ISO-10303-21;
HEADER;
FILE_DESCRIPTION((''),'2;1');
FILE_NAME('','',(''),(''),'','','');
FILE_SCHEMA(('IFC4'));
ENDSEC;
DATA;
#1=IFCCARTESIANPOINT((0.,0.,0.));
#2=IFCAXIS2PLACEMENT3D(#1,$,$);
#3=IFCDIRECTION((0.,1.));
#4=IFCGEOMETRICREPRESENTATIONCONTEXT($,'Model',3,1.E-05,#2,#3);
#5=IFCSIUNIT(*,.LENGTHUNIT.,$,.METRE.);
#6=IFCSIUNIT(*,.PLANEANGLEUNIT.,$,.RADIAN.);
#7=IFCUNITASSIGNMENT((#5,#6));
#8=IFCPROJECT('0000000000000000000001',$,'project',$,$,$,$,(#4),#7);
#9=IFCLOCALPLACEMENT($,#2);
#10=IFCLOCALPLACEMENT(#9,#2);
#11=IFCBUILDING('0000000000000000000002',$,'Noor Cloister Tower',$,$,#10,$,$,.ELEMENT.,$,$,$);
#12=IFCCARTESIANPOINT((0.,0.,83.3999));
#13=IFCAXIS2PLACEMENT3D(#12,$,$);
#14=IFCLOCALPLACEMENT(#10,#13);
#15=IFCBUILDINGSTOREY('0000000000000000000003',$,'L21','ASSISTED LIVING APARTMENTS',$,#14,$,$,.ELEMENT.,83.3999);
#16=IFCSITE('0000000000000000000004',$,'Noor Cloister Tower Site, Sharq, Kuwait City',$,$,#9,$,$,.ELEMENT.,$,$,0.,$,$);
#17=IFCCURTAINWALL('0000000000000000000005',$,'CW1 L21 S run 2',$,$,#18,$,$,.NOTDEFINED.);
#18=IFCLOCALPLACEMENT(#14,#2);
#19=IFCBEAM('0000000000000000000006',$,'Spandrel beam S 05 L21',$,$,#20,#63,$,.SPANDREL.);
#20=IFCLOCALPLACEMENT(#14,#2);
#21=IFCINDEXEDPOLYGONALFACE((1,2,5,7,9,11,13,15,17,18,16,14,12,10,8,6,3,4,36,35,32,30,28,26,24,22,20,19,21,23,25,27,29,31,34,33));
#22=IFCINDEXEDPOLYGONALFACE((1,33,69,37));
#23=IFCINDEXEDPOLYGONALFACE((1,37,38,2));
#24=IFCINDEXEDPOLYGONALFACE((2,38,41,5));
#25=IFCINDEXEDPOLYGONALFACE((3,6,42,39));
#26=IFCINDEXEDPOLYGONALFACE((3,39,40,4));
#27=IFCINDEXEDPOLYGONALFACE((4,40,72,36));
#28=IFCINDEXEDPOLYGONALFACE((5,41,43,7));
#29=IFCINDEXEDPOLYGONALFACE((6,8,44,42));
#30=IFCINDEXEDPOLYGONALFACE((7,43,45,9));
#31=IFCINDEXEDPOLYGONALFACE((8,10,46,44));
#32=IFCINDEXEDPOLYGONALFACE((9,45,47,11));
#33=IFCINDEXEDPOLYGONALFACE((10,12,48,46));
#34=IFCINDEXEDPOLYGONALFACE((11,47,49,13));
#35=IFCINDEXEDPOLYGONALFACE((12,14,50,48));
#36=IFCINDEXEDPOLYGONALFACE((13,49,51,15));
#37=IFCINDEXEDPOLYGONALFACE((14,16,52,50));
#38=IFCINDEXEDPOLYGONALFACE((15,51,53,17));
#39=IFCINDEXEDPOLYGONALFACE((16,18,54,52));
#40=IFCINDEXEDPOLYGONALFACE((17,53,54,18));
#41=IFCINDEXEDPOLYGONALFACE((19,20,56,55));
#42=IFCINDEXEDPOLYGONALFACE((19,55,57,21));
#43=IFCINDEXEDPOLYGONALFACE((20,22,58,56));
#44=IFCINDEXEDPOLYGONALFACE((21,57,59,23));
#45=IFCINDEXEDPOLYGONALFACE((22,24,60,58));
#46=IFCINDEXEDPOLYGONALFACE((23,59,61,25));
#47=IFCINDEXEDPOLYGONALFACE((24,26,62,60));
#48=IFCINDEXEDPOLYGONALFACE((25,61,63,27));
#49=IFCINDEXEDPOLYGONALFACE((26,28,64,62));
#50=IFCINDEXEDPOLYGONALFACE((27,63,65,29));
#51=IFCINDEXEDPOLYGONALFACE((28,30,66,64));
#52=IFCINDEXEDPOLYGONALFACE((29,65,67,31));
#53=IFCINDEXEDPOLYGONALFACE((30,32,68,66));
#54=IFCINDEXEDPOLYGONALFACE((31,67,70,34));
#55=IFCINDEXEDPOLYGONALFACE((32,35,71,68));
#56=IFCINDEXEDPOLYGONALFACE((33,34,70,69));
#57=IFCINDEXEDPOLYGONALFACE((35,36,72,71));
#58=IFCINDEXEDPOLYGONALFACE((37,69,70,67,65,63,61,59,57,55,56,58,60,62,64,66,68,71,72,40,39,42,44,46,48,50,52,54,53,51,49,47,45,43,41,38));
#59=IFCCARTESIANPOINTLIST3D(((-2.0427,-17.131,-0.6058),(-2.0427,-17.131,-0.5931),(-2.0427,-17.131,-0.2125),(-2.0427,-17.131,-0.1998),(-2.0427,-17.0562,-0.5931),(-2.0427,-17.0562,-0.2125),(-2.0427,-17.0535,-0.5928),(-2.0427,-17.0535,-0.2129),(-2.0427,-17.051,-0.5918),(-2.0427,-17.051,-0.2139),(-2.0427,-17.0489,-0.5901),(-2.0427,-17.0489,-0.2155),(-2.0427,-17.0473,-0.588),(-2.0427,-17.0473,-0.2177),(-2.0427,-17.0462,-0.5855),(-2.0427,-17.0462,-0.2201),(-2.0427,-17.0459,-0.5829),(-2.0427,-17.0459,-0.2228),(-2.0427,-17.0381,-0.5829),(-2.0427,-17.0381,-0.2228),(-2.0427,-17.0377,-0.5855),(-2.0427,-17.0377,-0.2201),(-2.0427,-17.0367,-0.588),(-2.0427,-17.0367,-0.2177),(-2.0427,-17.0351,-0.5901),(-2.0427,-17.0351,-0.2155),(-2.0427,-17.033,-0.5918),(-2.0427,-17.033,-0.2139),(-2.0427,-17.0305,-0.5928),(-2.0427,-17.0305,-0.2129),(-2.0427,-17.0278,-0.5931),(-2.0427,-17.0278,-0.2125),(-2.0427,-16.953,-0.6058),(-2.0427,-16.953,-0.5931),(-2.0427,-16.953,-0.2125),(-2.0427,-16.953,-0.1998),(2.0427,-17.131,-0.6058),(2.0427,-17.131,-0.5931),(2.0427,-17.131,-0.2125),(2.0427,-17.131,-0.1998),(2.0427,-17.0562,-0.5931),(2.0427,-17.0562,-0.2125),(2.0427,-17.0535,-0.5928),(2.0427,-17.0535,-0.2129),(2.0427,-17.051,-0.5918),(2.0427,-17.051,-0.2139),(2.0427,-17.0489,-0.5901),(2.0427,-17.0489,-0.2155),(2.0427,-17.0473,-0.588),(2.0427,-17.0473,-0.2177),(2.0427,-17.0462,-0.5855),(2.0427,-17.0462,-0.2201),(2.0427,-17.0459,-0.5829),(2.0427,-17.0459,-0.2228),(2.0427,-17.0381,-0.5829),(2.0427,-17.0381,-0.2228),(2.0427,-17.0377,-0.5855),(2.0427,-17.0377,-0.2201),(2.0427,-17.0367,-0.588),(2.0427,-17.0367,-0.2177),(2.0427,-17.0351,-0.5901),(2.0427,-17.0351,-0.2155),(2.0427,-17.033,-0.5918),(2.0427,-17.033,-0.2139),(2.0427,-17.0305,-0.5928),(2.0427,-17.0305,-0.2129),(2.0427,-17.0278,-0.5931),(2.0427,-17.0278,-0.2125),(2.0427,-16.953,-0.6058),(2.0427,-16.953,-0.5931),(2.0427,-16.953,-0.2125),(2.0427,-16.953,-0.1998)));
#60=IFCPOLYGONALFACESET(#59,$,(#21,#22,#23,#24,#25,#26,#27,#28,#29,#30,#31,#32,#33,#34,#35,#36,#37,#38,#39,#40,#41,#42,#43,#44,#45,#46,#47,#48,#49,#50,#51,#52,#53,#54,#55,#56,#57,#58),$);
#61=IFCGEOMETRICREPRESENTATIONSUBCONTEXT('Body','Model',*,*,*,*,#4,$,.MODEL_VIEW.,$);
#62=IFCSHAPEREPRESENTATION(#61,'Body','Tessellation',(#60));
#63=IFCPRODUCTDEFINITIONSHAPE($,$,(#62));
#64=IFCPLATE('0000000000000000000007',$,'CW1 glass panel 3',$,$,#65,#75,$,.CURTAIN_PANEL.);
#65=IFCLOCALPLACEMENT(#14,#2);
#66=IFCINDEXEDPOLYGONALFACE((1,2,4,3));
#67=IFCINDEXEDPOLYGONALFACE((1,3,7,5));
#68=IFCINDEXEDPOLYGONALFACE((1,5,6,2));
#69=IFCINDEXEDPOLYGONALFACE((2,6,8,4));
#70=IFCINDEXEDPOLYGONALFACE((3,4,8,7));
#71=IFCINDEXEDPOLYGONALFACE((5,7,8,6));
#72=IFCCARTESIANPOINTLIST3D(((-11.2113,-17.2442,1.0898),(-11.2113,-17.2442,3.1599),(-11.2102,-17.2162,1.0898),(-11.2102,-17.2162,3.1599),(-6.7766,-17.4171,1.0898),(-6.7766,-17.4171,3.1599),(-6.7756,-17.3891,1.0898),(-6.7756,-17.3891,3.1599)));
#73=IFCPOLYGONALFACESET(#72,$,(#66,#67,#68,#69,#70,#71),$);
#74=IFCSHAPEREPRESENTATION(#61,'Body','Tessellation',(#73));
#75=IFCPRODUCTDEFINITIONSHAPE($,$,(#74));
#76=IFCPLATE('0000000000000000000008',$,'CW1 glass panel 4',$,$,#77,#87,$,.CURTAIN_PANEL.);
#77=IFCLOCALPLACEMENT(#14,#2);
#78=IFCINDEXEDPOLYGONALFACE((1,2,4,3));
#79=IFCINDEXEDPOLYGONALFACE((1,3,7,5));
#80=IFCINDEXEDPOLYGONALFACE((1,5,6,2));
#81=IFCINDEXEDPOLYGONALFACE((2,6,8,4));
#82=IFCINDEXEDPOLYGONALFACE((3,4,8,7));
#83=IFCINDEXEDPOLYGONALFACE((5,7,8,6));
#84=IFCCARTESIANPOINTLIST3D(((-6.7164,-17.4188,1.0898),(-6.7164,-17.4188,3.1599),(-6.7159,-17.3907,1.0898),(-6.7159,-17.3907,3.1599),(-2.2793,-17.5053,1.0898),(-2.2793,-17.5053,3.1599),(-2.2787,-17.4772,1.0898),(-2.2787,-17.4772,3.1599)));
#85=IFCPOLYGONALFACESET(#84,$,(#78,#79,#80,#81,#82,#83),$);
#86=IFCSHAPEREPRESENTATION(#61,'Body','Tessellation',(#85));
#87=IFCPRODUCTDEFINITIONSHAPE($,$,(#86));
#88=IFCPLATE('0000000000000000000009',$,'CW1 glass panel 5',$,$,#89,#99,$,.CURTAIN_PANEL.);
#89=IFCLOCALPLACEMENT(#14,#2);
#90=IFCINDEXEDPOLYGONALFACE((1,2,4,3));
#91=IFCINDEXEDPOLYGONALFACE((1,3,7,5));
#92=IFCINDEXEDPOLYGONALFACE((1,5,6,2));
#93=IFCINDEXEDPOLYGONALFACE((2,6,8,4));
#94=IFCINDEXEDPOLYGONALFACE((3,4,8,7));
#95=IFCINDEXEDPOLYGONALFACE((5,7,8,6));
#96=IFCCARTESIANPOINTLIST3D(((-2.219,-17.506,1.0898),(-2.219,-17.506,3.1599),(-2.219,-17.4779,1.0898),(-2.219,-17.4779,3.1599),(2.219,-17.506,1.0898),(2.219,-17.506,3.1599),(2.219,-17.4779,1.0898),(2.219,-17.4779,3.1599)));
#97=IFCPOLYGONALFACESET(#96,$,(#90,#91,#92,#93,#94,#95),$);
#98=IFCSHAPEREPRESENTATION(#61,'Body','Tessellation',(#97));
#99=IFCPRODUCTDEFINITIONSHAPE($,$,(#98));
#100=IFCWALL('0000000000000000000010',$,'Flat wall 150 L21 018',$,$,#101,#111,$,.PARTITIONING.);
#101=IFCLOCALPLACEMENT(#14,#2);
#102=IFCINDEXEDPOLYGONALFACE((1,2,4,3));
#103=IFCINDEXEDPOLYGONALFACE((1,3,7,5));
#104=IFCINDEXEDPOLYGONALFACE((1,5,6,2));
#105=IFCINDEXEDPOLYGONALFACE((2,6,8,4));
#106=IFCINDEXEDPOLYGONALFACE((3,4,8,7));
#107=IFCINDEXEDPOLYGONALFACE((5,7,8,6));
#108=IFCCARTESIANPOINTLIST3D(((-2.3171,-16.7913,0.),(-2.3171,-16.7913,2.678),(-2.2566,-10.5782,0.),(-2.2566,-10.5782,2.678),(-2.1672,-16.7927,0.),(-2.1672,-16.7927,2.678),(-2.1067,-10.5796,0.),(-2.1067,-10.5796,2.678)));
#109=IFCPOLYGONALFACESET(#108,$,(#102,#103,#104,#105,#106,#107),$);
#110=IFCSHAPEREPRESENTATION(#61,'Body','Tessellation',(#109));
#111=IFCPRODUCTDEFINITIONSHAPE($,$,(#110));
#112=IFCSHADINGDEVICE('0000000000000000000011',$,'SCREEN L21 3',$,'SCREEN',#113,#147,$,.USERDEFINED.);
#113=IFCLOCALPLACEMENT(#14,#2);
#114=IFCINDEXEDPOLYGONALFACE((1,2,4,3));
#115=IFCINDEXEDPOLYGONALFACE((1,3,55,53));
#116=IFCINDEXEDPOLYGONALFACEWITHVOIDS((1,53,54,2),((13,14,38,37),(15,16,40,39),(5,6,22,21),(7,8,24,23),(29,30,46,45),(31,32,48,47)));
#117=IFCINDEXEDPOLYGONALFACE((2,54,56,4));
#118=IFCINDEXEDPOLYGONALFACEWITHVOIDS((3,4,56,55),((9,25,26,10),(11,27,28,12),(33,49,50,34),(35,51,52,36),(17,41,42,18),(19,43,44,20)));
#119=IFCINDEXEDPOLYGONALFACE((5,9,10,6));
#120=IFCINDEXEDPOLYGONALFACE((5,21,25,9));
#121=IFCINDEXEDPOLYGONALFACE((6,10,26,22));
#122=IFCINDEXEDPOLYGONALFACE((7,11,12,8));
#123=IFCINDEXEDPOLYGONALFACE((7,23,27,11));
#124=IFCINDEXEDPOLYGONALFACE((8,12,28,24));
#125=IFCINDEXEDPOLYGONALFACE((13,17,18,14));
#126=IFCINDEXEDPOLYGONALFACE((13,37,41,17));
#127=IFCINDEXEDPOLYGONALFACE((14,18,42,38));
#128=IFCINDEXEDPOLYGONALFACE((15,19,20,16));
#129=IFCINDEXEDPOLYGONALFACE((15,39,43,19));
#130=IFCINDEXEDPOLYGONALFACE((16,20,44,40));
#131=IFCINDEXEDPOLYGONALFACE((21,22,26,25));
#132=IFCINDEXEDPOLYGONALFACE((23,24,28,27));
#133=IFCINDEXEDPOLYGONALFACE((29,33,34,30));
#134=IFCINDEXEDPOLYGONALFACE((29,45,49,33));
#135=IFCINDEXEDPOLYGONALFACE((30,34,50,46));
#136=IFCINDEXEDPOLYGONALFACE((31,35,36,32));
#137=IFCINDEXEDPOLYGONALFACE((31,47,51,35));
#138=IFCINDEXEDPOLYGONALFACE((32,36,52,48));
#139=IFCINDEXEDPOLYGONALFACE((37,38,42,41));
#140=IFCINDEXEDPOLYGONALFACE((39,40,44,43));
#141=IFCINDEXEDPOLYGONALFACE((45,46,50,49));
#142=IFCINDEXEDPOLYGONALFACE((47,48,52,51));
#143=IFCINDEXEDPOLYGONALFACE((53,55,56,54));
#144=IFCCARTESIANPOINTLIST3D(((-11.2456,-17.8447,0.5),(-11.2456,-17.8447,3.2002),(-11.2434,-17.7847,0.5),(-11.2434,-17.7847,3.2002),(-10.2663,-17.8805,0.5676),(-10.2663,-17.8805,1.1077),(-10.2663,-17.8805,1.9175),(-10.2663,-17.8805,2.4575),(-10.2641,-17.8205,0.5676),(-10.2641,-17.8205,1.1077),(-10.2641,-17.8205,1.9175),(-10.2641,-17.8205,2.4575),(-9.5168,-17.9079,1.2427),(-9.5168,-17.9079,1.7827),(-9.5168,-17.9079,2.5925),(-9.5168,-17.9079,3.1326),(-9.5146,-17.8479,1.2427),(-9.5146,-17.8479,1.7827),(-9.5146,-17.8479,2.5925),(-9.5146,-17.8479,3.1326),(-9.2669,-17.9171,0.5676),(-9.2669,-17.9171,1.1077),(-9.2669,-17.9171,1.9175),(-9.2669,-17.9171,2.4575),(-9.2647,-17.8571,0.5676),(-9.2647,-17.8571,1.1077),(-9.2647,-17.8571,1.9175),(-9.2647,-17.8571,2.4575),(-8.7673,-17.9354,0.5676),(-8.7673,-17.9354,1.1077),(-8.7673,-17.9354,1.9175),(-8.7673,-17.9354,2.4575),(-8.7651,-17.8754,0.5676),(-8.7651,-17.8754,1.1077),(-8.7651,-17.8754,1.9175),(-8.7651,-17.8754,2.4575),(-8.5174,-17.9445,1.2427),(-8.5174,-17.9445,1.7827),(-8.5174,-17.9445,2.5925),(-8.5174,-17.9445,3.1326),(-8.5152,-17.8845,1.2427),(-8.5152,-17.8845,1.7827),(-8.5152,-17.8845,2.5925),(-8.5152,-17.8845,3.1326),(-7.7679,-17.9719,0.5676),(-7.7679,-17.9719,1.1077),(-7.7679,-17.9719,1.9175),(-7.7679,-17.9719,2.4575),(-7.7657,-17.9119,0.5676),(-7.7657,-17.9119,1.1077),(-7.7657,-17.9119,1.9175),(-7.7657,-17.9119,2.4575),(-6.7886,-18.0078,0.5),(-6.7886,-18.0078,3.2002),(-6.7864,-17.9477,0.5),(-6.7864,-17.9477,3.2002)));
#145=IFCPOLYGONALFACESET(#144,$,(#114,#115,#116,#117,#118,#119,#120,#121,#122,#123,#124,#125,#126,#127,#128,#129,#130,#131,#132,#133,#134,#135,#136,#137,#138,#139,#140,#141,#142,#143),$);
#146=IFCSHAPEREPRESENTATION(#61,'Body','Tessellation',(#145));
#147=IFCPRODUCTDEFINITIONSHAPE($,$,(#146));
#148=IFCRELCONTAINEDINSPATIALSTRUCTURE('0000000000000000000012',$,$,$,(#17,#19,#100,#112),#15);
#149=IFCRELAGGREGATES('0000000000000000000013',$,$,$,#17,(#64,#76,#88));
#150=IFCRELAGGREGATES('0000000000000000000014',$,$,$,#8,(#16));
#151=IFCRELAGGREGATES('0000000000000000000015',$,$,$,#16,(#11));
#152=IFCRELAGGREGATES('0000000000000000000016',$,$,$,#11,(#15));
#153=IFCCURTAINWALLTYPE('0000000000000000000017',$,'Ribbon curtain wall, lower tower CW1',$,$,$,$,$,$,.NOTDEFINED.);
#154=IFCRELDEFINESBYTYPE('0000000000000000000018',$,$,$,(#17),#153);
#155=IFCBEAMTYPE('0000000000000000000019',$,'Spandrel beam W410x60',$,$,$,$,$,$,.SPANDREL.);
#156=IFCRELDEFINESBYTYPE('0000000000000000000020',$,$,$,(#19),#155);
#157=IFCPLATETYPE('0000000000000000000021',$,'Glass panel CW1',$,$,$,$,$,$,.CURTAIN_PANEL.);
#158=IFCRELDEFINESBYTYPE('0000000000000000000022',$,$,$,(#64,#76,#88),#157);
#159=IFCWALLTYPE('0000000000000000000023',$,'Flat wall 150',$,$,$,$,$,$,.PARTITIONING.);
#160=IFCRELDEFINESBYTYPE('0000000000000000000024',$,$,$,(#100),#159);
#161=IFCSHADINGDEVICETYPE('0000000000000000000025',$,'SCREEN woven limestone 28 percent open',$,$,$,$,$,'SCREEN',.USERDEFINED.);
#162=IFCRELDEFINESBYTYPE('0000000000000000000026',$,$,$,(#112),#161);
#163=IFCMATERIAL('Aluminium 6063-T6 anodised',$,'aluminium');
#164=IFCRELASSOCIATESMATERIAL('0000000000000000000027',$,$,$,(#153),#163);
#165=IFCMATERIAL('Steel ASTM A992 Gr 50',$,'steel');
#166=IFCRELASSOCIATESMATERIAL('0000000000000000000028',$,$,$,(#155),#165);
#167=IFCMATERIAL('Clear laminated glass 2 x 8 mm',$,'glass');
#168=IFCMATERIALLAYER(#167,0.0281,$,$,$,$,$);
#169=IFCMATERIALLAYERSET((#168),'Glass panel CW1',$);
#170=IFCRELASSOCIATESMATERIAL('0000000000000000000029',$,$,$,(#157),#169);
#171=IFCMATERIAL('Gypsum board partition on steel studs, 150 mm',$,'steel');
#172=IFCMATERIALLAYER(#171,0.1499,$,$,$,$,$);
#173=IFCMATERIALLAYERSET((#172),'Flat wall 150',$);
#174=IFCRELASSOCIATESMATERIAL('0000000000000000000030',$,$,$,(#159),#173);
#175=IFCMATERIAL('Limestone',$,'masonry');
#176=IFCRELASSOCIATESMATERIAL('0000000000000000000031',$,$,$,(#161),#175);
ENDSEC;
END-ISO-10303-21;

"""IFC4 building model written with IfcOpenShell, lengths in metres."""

from ifc_helpers import new_model, si_unit, direction, frame, frame_2d, origin, origin_2d, place, context, subcontext, project, spatial, polyline, rectangle, i_section, outline, extrude, material, layer, layer_set, material_profile, profile_set, type_object, element, aggregate, save


model = new_model("IFC4")

# Units and contexts
model_context = context("Model", 3, precision=1e-05, world=origin(), true_north=direction((0.0, 1.0)))
body_context = subcontext(model_context, "Body", "Model", "MODEL_VIEW")
ifc_project = project(units=[si_unit("LENGTHUNIT", "METRE"), si_unit("PLANEANGLEUNIT", "RADIAN")], contexts=[model_context])

# Site, building, storey
site_placement = place(None, origin())
site = spatial("IfcSite", under=ifc_project, at=site_placement, Name="Noor Cloister Tower Site, Sharq, Kuwait City", CompositionType="ELEMENT", RefElevation=0.0)
building_placement = place(site_placement, origin())
building = spatial("IfcBuilding", under=site, at=building_placement, Name="Noor Cloister Tower", CompositionType="ELEMENT")
storey_placement = place(building_placement, frame((0.0, 0.0, 83.3999)))
storey = spatial("IfcBuildingStorey", under=building, at=storey_placement, Name="L21", Description="ASSISTED LIVING APARTMENTS", CompositionType="ELEMENT", Elevation=83.3999)

# Curtain wall
ifc_material_1 = material(Name="Aluminium 6063-T6 anodised", Category="aluminium")
curtain_wall_type = type_object("IfcCurtainWallType", Name="Ribbon curtain wall, lower tower CW1", PredefinedType="NOTDEFINED", material=ifc_material_1)
curtain_wall_placement = place(storey_placement, origin())
curtain_wall = element("IfcCurtainWall", 1, at=curtain_wall_placement, inside=storey, type_object=curtain_wall_type, Name="CW1 L21 S run 2", PredefinedType="NOTDEFINED")

# Beam
ifc_material_2 = material(Name="Steel ASTM A992 Gr 50", Category="steel")
ifc_material_profile_1 = material_profile(ifc_material_2, i_section(OverallWidth=0.178, OverallDepth=0.406, WebThickness=0.0078, FlangeThickness=0.0127, FilletRadius=0.0103, at=origin_2d()), Name="W410x60")
ifc_profile_set_1 = profile_set([ifc_material_profile_1], Name="Steel ASTM A992 Gr 50")
beam_type_1 = type_object("IfcBeamType", Name="Spandrel beam W410x60", PredefinedType="SPANDREL", material=ifc_profile_set_1)
beam_1_placement = place(storey_placement, frame((-2.0427, -17.042, -0.4028), z_axis=(1.0, 0.0, 0.0), x_axis=(0.0, 1.0, 0.0)))
element("IfcBeam", 2, at=beam_1_placement, inside=storey, type_object=beam_type_1, Name="Spandrel beam S 05 L21", PredefinedType="SPANDREL", context=body_context, shape_type="SweptSolid", body=[
    extrude(i_section(OverallWidth=0.178, OverallDepth=0.406, WebThickness=0.0078, FlangeThickness=0.0127, FilletRadius=0.0103, at=origin_2d()), origin(), (0.0, 0.0, 1.0), 4.0854),
])

# Plates
ifc_material_3 = material(Name="Clear laminated glass 2 x 8 mm", Category="glass")
ifc_layer_1 = layer(ifc_material_3, 0.0281)
ifc_layer_set_1 = layer_set([ifc_layer_1], Name="Glass panel CW1")
plate_type = type_object("IfcPlateType", Name="Glass panel CW1", PredefinedType="CURTAIN_PANEL", material=ifc_layer_set_1)
plate_1_placement = place(storey_placement, frame((-8.9934, -17.3167, 1.0898), z_axis=(0.0, 0.0, 1.0), x_axis=(0.999241, -0.03895, 0.0)))
plate_1 = element("IfcPlate", 3, at=plate_1_placement, type_object=plate_type, Name="CW1 glass panel 3", PredefinedType="CURTAIN_PANEL", context=body_context, shape_type="SweptSolid", body=[
    extrude(rectangle(XDim=4.438, YDim=0.0281, at=origin_2d()), origin(), (0.0, 0.0, 1.0), 2.0701),
])
plate_2_placement = place(storey_placement, frame((-4.4976, -17.448, 1.0898), z_axis=(0.0, 0.0, 1.0), x_axis=(0.99981, -0.019479, 0.0)))
plate_2 = element("IfcPlate", 4, at=plate_2_placement, type_object=plate_type, Name="CW1 glass panel 4", PredefinedType="CURTAIN_PANEL", context=body_context, shape_type="SweptSolid", body=[
    extrude(rectangle(XDim=4.438, YDim=0.0281, at=origin_2d()), origin(), (0.0, 0.0, 1.0), 2.0701),
])
plate_3_placement = place(storey_placement, frame((0.0, -17.4919, 1.0898), z_axis=(0.0, 0.0, 1.0), x_axis=(1.0, 0.0, 0.0)))
plate_3 = element("IfcPlate", 5, at=plate_3_placement, type_object=plate_type, Name="CW1 glass panel 5", PredefinedType="CURTAIN_PANEL", context=body_context, shape_type="SweptSolid", body=[
    extrude(rectangle(XDim=4.438, YDim=0.0281, at=origin_2d()), origin(), (0.0, 0.0, 1.0), 2.0701),
])
aggregate(curtain_wall, [plate_1, plate_2, plate_3])

# Wall
ifc_material_4 = material(Name="Gypsum board partition on steel studs, 150 mm", Category="steel")
ifc_layer_2 = layer(ifc_material_4, 0.1499)
ifc_layer_set_2 = layer_set([ifc_layer_2], Name="Flat wall 150")
wall_type = type_object("IfcWallType", Name="Flat wall 150", PredefinedType="PARTITIONING", material=ifc_layer_set_2)
wall_placement = place(storey_placement, frame((-2.2422, -16.792, 0.0), z_axis=(0.0, 0.0, 1.0), x_axis=(0.009745, 0.999953, 0.0)))
element("IfcWall", 6, at=wall_placement, inside=storey, type_object=wall_type, Name="Flat wall 150 L21 018", PredefinedType="PARTITIONING", context=body_context, shape_type="SweptSolid", body=[
    extrude(rectangle(XDim=6.2134, YDim=0.1499, at=frame_2d((3.1067, 0.0))), origin(), (0.0, 0.0, 1.0), 2.678),
])

# Shading device
ifc_material_5 = material(Name="Limestone", Category="masonry")
ifc_material_profile_2 = material_profile(ifc_material_5, outline(polyline([(-2.23, -1.3501), (2.23, -1.3501), (2.23, 1.3501), (-2.23, 1.3501), (-2.23, -1.3501)]), holes=[polyline([(-1.25, -1.2825), (-0.25, -1.2825), (-0.25, -0.7424), (-1.25, -0.7424), (-1.25, -1.2825)]), polyline([(0.25, -1.2825), (1.25, -1.2825), (1.25, -0.7424), (0.25, -0.7424), (0.25, -1.2825)]), polyline([(-0.5, -0.6074), (0.5, -0.6074), (0.5, -0.0674), (-0.5, -0.0674), (-0.5, -0.6074)]), polyline([(-1.25, 0.0674), (-0.25, 0.0674), (-0.25, 0.6074), (-1.25, 0.6074), (-1.25, 0.0674)]), polyline([(0.25, 0.0674), (1.25, 0.0674), (1.25, 0.6074), (0.25, 0.6074), (0.25, 0.0674)]), polyline([(-0.5, 0.7424), (0.5, 0.7424), (0.5, 1.2825), (-0.5, 1.2825), (-0.5, 0.7424)])]), Name="Woven screen 28 percent open")
ifc_profile_set_2 = profile_set([ifc_material_profile_2], Name="Limestone")
shading_device_type = type_object("IfcShadingDeviceType", Name="SCREEN woven limestone 28 percent open", ElementType="SCREEN", PredefinedType="USERDEFINED", material=ifc_profile_set_2)
shading_device_placement = place(storey_placement, frame((-9.0149, -17.8662, 1.8501), z_axis=(-0.036561, -0.999331, 0.0), x_axis=(0.999331, -0.036561, 0.0)))
element("IfcShadingDevice", 7, at=shading_device_placement, inside=storey, type_object=shading_device_type, Name="SCREEN L21 3", ObjectType="SCREEN", PredefinedType="USERDEFINED", context=body_context, shape_type="SweptSolid", body=[
    extrude(outline(polyline([(-2.23, -1.3501), (2.23, -1.3501), (2.23, 1.3501), (-2.23, 1.3501), (-2.23, -1.3501)]), holes=[polyline([(-1.25, -1.2825), (-0.25, -1.2825), (-0.25, -0.7424), (-1.25, -0.7424), (-1.25, -1.2825)]), polyline([(0.25, -1.2825), (1.25, -1.2825), (1.25, -0.7424), (0.25, -0.7424), (0.25, -1.2825)]), polyline([(-0.5, -0.6074), (0.5, -0.6074), (0.5, -0.0674), (-0.5, -0.0674), (-0.5, -0.6074)]), polyline([(-1.25, 0.0674), (-0.25, 0.0674), (-0.25, 0.6074), (-1.25, 0.6074), (-1.25, 0.0674)]), polyline([(0.25, 0.0674), (1.25, 0.0674), (1.25, 0.6074), (0.25, 0.6074), (0.25, 0.0674)]), polyline([(-0.5, 0.7424), (0.5, 0.7424), (0.5, 1.2825), (-0.5, 1.2825), (-0.5, 0.7424)])]), origin(), (0.0, 0.0, 1.0), 0.0601),
])

save(model, "model.ifc")
